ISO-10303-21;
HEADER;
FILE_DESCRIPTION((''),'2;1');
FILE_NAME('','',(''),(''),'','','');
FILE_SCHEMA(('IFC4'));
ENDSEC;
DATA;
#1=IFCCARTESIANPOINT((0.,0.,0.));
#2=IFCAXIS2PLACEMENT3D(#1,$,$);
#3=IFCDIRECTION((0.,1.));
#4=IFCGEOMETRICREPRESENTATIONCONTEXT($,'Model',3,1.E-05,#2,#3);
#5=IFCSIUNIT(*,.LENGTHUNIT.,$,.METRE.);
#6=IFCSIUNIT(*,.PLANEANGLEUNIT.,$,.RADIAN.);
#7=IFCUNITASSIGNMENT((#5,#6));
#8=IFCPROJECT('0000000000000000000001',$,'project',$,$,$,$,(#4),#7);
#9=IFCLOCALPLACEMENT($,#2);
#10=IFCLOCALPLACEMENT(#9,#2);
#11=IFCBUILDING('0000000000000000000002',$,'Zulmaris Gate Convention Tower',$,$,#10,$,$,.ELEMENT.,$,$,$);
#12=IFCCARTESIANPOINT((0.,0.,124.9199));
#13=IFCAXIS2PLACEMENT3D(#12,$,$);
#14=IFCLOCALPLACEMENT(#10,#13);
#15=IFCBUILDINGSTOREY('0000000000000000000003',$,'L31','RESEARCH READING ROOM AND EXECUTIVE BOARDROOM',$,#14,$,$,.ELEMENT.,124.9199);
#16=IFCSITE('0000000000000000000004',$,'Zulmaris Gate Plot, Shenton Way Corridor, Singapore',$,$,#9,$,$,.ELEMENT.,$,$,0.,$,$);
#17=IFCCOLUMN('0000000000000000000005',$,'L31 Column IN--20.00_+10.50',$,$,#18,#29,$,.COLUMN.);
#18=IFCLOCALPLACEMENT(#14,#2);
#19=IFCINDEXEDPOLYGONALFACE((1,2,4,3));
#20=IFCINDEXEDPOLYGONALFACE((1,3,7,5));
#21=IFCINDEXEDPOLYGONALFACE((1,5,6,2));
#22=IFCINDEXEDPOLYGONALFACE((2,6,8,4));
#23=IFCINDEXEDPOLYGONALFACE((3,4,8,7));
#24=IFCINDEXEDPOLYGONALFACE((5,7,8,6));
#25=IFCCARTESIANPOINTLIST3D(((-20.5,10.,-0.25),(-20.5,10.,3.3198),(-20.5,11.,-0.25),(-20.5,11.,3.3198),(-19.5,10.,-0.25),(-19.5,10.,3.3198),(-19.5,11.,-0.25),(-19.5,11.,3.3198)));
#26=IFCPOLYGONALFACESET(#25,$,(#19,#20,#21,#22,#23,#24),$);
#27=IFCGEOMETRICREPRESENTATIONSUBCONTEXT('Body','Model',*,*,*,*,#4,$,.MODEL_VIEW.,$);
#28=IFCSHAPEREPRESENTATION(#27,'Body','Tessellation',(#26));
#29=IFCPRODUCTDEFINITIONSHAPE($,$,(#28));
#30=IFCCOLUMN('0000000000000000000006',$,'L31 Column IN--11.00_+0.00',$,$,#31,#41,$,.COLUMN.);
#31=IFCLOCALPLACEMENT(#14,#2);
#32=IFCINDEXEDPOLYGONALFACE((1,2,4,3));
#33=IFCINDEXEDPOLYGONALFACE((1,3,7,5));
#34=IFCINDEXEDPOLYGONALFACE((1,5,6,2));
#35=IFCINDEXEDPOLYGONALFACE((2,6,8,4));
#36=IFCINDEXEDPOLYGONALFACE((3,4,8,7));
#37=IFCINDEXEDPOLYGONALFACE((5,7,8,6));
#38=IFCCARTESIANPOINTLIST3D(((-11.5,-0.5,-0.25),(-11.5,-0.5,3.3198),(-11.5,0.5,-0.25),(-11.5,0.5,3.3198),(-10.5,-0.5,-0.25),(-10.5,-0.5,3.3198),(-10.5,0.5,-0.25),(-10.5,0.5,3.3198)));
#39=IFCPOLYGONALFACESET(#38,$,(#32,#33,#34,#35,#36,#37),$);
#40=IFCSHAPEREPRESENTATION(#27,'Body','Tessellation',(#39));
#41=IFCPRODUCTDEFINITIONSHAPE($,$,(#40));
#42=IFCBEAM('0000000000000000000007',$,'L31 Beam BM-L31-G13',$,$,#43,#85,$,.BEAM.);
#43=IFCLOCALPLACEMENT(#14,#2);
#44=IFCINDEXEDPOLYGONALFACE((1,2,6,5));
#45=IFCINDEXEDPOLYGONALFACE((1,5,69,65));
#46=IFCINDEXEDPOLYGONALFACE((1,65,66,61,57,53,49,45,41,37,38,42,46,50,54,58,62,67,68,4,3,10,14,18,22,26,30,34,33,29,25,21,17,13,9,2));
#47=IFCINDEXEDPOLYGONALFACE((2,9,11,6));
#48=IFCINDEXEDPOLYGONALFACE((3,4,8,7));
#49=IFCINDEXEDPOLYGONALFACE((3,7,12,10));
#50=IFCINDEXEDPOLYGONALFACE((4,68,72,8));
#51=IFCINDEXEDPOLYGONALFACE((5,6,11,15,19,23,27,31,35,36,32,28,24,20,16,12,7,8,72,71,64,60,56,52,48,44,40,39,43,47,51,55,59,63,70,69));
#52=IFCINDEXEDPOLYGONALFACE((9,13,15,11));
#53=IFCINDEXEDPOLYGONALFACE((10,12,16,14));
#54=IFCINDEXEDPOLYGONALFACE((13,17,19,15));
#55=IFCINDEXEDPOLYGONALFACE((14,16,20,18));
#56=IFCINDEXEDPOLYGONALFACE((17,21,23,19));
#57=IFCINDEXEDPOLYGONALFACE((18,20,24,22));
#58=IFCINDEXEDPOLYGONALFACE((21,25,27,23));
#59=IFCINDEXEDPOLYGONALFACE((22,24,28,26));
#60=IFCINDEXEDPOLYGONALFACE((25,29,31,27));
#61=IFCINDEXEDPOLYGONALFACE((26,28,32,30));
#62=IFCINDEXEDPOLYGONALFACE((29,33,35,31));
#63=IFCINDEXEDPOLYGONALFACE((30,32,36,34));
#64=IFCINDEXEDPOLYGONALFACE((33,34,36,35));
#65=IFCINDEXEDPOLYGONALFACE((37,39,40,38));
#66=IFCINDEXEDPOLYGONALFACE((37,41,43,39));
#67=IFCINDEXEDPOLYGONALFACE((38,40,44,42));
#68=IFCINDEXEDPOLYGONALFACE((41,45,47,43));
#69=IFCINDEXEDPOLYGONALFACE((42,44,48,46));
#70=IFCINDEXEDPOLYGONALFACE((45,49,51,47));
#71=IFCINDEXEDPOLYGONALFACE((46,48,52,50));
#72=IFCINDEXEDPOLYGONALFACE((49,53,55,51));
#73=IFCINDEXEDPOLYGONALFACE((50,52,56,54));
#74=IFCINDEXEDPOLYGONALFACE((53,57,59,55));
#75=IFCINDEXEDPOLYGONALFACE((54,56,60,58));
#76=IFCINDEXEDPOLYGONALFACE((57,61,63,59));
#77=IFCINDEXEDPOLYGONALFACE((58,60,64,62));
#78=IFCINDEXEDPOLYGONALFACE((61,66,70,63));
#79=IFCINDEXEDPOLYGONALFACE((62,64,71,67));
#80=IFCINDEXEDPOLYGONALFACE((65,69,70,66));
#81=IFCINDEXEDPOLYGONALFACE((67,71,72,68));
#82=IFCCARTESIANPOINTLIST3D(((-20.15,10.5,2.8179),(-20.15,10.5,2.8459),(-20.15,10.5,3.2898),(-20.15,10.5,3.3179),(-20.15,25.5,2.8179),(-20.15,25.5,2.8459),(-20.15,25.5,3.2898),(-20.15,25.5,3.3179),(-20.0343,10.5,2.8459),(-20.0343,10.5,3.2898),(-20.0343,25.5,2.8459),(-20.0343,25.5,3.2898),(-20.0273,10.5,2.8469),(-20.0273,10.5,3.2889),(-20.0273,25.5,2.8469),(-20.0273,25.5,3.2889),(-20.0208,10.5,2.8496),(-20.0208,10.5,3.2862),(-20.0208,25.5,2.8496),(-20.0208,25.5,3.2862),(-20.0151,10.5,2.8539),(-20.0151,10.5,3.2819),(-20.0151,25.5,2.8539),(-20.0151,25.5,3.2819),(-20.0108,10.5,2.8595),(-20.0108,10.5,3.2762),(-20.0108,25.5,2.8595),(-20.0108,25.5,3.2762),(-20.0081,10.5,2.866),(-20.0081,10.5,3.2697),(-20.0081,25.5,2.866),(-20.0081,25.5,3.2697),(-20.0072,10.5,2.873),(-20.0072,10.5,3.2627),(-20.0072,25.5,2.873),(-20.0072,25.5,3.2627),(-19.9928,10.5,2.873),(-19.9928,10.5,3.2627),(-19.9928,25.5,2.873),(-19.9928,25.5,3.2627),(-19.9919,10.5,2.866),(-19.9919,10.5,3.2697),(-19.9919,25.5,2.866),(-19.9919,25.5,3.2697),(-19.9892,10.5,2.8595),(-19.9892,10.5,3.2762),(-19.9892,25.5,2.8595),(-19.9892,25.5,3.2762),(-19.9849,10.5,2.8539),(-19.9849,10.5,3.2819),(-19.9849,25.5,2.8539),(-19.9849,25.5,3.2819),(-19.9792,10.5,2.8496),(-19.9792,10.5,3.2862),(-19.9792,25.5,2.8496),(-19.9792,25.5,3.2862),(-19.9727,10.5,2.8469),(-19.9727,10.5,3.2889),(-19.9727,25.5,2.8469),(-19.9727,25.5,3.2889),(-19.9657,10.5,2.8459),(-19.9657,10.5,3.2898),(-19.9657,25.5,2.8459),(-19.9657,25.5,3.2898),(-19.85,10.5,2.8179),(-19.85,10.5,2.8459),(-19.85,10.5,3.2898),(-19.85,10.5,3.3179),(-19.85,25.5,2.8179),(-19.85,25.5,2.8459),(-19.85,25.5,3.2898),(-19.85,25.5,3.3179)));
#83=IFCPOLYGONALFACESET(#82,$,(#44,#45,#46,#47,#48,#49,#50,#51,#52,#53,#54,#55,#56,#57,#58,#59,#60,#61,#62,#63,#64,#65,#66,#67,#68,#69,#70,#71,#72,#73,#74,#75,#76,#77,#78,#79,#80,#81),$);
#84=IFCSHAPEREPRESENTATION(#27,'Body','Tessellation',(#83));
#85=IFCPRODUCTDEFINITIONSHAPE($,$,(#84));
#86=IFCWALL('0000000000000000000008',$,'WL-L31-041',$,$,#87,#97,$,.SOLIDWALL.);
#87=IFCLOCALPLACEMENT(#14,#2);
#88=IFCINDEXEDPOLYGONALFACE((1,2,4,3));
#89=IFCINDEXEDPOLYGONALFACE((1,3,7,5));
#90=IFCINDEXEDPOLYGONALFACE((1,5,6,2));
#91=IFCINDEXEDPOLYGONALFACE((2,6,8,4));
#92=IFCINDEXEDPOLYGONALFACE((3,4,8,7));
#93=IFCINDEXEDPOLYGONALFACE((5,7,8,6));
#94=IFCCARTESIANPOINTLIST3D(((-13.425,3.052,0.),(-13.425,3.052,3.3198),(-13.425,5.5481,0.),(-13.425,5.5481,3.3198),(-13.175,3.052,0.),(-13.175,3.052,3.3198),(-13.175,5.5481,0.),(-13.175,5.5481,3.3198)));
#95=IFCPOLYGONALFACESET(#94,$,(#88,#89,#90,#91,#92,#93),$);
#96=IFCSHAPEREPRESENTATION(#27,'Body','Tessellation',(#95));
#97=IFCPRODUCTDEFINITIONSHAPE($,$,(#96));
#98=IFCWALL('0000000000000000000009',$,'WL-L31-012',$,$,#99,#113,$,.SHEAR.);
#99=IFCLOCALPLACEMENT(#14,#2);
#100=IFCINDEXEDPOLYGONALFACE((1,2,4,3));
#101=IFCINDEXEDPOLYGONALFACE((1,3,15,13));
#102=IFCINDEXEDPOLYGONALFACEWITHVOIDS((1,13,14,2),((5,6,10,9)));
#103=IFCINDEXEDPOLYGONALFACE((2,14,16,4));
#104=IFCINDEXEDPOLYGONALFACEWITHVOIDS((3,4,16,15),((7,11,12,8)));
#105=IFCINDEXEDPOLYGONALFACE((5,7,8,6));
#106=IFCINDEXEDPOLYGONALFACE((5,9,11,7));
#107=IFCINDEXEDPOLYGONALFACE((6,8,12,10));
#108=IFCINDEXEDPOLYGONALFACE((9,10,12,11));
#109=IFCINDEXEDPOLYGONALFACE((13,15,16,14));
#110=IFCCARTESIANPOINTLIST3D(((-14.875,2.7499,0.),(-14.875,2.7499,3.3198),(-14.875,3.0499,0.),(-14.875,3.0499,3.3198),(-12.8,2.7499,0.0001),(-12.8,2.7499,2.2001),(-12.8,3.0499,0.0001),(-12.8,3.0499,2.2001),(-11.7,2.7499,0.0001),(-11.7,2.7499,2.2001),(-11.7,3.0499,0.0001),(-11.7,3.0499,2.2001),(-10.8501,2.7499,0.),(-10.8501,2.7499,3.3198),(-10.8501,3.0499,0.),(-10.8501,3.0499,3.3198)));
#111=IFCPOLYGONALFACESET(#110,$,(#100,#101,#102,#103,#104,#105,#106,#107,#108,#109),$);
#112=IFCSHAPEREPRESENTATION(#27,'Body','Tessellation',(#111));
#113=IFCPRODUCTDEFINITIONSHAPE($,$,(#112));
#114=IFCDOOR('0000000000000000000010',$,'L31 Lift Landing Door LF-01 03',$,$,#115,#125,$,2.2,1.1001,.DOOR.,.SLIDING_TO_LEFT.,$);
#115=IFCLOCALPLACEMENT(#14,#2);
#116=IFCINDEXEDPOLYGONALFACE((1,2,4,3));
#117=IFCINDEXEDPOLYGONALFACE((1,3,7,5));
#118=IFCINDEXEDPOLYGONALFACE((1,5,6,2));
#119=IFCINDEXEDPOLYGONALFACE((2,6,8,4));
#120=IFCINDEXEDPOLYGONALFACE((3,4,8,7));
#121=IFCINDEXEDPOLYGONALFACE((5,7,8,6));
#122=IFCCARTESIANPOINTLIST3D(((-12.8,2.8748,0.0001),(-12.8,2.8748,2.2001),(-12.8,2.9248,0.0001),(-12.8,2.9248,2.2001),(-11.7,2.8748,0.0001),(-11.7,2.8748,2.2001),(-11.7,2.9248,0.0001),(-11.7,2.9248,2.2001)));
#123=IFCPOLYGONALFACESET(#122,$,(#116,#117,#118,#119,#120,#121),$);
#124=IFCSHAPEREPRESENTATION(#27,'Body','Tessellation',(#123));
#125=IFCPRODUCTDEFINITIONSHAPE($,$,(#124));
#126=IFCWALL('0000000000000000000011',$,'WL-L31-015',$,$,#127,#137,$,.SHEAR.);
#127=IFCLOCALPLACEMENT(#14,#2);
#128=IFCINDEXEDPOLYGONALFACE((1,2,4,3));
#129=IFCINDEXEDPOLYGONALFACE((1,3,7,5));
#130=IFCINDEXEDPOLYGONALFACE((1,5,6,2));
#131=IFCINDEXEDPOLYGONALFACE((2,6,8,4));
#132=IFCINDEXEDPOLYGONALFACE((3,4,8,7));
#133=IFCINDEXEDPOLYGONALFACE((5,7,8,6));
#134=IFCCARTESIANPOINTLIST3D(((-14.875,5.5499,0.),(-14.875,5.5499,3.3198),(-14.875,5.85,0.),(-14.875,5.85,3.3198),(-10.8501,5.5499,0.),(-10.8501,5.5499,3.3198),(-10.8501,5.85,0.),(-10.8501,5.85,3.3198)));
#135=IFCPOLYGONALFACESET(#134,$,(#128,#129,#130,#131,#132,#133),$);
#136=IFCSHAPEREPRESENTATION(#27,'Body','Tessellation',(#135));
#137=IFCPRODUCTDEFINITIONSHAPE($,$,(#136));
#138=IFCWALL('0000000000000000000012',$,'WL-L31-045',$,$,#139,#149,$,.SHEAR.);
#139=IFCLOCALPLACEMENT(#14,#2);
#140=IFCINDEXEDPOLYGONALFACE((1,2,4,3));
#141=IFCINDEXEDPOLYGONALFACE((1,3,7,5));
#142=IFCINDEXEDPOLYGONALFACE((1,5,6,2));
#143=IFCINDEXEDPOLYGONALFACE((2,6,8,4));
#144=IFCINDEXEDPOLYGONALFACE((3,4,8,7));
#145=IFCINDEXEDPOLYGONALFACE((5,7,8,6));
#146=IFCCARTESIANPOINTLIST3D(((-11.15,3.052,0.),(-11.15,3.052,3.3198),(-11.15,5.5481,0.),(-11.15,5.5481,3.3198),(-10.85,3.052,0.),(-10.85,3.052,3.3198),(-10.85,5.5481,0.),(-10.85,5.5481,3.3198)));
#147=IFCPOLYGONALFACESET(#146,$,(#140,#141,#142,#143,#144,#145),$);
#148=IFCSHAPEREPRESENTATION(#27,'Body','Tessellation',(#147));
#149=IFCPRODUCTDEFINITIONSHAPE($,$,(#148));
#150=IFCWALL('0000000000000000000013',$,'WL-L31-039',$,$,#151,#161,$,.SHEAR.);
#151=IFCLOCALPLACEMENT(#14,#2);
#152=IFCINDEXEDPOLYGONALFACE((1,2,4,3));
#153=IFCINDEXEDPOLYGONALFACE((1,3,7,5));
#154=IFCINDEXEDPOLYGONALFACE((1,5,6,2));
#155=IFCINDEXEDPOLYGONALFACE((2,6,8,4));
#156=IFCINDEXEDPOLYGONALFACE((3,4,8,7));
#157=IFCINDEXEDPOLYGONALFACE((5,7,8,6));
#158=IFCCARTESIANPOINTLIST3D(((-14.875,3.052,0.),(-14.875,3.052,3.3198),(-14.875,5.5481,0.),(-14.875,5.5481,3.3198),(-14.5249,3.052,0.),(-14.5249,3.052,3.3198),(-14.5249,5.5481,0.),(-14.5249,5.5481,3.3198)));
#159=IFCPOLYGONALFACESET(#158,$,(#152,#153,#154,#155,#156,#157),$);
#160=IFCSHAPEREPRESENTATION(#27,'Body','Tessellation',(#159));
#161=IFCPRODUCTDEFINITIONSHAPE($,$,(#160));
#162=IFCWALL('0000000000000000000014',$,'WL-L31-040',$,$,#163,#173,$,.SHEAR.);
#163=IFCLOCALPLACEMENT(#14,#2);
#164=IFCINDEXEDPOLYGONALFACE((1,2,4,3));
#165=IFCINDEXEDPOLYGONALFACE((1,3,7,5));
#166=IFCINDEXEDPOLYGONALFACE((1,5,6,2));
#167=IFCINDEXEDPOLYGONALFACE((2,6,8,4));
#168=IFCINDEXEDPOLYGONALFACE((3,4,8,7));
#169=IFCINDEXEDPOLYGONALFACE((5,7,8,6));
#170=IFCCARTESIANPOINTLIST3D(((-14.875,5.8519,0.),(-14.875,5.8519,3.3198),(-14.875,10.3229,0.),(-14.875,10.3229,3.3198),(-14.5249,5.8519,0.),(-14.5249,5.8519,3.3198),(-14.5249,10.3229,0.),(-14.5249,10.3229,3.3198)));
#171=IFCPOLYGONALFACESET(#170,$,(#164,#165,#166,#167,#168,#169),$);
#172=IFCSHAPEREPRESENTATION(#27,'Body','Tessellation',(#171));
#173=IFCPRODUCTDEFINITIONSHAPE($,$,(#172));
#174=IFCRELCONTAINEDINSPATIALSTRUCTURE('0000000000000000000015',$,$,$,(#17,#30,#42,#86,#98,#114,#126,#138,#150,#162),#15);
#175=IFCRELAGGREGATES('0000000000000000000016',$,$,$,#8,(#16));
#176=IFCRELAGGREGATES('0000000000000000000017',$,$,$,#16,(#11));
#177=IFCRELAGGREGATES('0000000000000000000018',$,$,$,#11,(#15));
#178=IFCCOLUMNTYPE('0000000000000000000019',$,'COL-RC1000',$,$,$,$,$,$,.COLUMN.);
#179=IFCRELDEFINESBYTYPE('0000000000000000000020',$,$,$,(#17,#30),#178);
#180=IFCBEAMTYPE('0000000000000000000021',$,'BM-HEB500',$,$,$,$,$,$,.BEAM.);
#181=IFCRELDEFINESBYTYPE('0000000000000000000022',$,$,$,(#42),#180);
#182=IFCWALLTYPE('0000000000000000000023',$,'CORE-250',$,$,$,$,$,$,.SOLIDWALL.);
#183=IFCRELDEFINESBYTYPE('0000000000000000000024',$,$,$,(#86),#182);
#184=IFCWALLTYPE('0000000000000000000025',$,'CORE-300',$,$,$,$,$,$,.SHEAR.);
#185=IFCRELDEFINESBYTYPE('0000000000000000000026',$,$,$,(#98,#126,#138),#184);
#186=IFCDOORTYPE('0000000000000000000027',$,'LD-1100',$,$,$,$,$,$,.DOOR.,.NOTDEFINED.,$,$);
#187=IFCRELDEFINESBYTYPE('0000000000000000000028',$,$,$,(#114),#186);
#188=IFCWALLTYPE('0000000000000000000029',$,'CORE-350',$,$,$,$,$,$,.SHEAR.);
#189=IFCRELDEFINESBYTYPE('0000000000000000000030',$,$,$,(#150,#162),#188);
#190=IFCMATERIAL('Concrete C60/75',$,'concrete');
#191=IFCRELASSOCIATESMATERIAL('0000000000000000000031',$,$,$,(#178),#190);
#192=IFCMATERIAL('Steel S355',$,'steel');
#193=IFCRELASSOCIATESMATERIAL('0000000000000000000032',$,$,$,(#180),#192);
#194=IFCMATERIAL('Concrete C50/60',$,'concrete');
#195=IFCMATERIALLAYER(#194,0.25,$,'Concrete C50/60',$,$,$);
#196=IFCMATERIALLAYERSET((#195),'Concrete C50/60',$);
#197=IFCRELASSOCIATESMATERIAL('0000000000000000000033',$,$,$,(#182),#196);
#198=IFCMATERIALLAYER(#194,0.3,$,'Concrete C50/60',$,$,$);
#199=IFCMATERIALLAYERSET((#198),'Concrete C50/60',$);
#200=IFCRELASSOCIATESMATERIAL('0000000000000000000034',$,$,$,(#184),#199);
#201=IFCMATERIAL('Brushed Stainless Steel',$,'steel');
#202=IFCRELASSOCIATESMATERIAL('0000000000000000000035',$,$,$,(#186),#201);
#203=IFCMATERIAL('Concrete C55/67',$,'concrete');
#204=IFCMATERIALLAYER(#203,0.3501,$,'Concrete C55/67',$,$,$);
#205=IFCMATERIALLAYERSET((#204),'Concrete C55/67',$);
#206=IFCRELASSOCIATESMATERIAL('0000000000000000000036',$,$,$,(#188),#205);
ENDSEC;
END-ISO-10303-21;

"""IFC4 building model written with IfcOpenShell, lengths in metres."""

from ifc_helpers import new_model, si_unit, direction, frame, frame_2d, origin, origin_2d, place, context, subcontext, project, spatial, rectangle, i_section, extrude, material, layer, layer_set, material_profile, profile_set, type_object, element, fill, save


model = new_model("IFC4")

# Units and contexts
model_context = context("Model", 3, precision=1e-05, world=origin(), true_north=direction((0.0, 1.0)))
body_context = subcontext(model_context, "Body", "Model", "MODEL_VIEW")
ifc_project = project(units=[si_unit("LENGTHUNIT", "METRE"), si_unit("PLANEANGLEUNIT", "RADIAN")], contexts=[model_context])

# Site, building, storey
site_placement = place(None, origin())
site = spatial("IfcSite", under=ifc_project, at=site_placement, Name="Zulmaris Gate Plot, Shenton Way Corridor, Singapore", CompositionType="ELEMENT", RefElevation=0.0)
building_placement = place(site_placement, origin())
building = spatial("IfcBuilding", under=site, at=building_placement, Name="Zulmaris Gate Convention Tower", CompositionType="ELEMENT")
storey_placement = place(building_placement, frame((0.0, 0.0, 124.9199)))
storey = spatial("IfcBuildingStorey", under=building, at=storey_placement, Name="L31", Description="RESEARCH READING ROOM AND EXECUTIVE BOARDROOM", CompositionType="ELEMENT", Elevation=124.9199)

# Columns
ifc_material_1 = material(Name="Concrete C60/75", Category="concrete")
ifc_material_profile_1 = material_profile(ifc_material_1, rectangle(XDim=1.0, YDim=1.0, at=origin_2d()), Name="RC COL 1000x1000")
ifc_profile_set_1 = profile_set([ifc_material_profile_1], Name="Concrete C60/75")
column_type = type_object("IfcColumnType", Name="COL-RC1000", PredefinedType="COLUMN", material=ifc_profile_set_1)
for number, where, z_axis, x_axis, name in (
    (1, (-20.0, 10.5, -0.25), (0.0, 0.0, 1.0), (1.0, 0.0, 0.0), "L31 Column IN--20.00_+10.50"),
    (2, (-11.0, 0.0, -0.25), (0.0, 0.0, 1.0), (1.0, 0.0, 0.0), "L31 Column IN--11.00_+0.00"),
):
    element("IfcColumn", number, at=place(storey_placement, frame(where, z_axis=z_axis, x_axis=x_axis)), inside=storey, type_object=column_type, Name=name, PredefinedType="COLUMN", context=body_context, shape_type="SweptSolid", body=[
        extrude(rectangle(XDim=1.0, YDim=1.0, at=origin_2d()), origin(), (0.0, 0.0, 1.0), 3.5698),
    ])

# Beam
ifc_material_2 = material(Name="Steel S355", Category="steel")
ifc_material_profile_2 = material_profile(ifc_material_2, i_section(OverallWidth=0.3, OverallDepth=0.5, WebThickness=0.0144, FlangeThickness=0.0281, FilletRadius=0.0271, at=origin_2d()), Name="HEB 500")
ifc_profile_set_2 = profile_set([ifc_material_profile_2], Name="Steel S355")
beam_type = type_object("IfcBeamType", Name="BM-HEB500", PredefinedType="BEAM", material=ifc_profile_set_2)
beam_placement = place(storey_placement, frame((-20.0, 10.5, 3.0679), z_axis=(0.0, 1.0, 0.0), x_axis=(-1.0, 0.0, 0.0)))
element("IfcBeam", 3, at=beam_placement, inside=storey, type_object=beam_type, Name="L31 Beam BM-L31-G13", PredefinedType="BEAM", context=body_context, shape_type="SweptSolid", body=[
    extrude(i_section(OverallWidth=0.3, OverallDepth=0.5, WebThickness=0.0144, FlangeThickness=0.0281, FilletRadius=0.0271, at=origin_2d()), origin(), (0.0, 0.0, 1.0), 15.0),
])

# Wall
ifc_material_3 = material(Name="Concrete C50/60", Category="concrete")
ifc_layer_1 = layer(ifc_material_3, 0.25, Name="Concrete C50/60")
ifc_layer_set_1 = layer_set([ifc_layer_1], Name="Concrete C50/60")
wall_type_1 = type_object("IfcWallType", Name="CORE-250", PredefinedType="SOLIDWALL", material=ifc_layer_set_1)
wall_1_placement = place(storey_placement, frame((-13.3, 3.052, 0.0), z_axis=(0.0, 0.0, 1.0), x_axis=(0.0, 1.0, 0.0)))
element("IfcWall", 4, at=wall_1_placement, inside=storey, type_object=wall_type_1, Name="WL-L31-041", PredefinedType="SOLIDWALL", context=body_context, shape_type="SweptSolid", body=[
    extrude(rectangle(XDim=2.4961, YDim=0.25, at=frame_2d((1.248, 0.0))), origin(), (0.0, 0.0, 1.0), 3.3198),
])

# Wall, opening, door
ifc_layer_2 = layer(ifc_material_3, 0.3, Name="Concrete C50/60")
ifc_layer_set_2 = layer_set([ifc_layer_2], Name="Concrete C50/60")
wall_type_2 = type_object("IfcWallType", Name="CORE-300", PredefinedType="SHEAR", material=ifc_layer_set_2)
wall_2_placement = place(storey_placement, frame((-14.875, 2.8999, 0.0), z_axis=(0.0, 0.0, 1.0), x_axis=(1.0, 0.0, 0.0)))
wall_2 = element("IfcWall", 5, at=wall_2_placement, inside=storey, type_object=wall_type_2, Name="WL-L31-012", PredefinedType="SHEAR", context=body_context, shape_type="SweptSolid", body=[
    extrude(rectangle(XDim=4.0249, YDim=0.3, at=frame_2d((2.0125, 0.0))), origin(), (0.0, 0.0, 1.0), 3.3198),
])
opening_1_placement = place(wall_2_placement, frame((2.075, 0.0, 0.0)))
opening_1 = element("IfcOpeningElement", 6, at=opening_1_placement, cuts=wall_2, PredefinedType="OPENING", context=body_context, shape_type="SweptSolid", body=[
    extrude(rectangle(XDim=1.1001, YDim=2.2, at=frame_2d((0.55, 1.1001))), frame((0.0, 0.1602, 0.0), z_axis=(0.0, -1.0, 0.0), x_axis=(1.0, 0.0, 0.0)), (0.0, 0.0, 1.0), 0.3201),
])
ifc_material_4 = material(Name="Brushed Stainless Steel", Category="steel")
door_type_1 = type_object("IfcDoorType", Name="LD-1100", OperationType="NOTDEFINED", PredefinedType="DOOR", material=ifc_material_4)
door_1_placement = place(opening_1_placement, origin())
door_1 = element("IfcDoor", 7, at=door_1_placement, inside=storey, type_object=door_type_1, Name="L31 Lift Landing Door LF-01 03", OperationType="SLIDING_TO_LEFT", OverallHeight=2.2, OverallWidth=1.1001, PredefinedType="DOOR", context=body_context, shape_type="SweptSolid", body=[
    extrude(rectangle(XDim=1.1001, YDim=2.2, at=frame_2d((0.55, 1.1001))), frame((0.0, 0.0249, 0.0), z_axis=(0.0, -1.0, 0.0), x_axis=(1.0, 0.0, 0.0)), (0.0, 0.0, 1.0), 0.05),
])
fill(opening_1, door_1)

# Wall
wall_3_placement = place(storey_placement, frame((-14.875, 5.7, 0.0), z_axis=(0.0, 0.0, 1.0), x_axis=(1.0, 0.0, 0.0)))
element("IfcWall", 8, at=wall_3_placement, inside=storey, type_object=wall_type_2, Name="WL-L31-015", PredefinedType="SHEAR", context=body_context, shape_type="SweptSolid", body=[
    extrude(rectangle(XDim=4.0249, YDim=0.3, at=frame_2d((2.0125, 0.0))), origin(), (0.0, 0.0, 1.0), 3.3198),
])

# Walls
wall_4_placement = place(storey_placement, frame((-11.0, 3.052, 0.0), z_axis=(0.0, 0.0, 1.0), x_axis=(0.0, 1.0, 0.0)))
element("IfcWall", 9, at=wall_4_placement, inside=storey, type_object=wall_type_2, Name="WL-L31-045", PredefinedType="SHEAR", context=body_context, shape_type="SweptSolid", body=[
    extrude(rectangle(XDim=2.4961, YDim=0.3, at=frame_2d((1.248, 0.0))), origin(), (0.0, 0.0, 1.0), 3.3198),
])
ifc_material_5 = material(Name="Concrete C55/67", Category="concrete")
ifc_layer_3 = layer(ifc_material_5, 0.3501, Name="Concrete C55/67")
ifc_layer_set_3 = layer_set([ifc_layer_3], Name="Concrete C55/67")
wall_type_3 = type_object("IfcWallType", Name="CORE-350", PredefinedType="SHEAR", material=ifc_layer_set_3)
wall_5_placement = place(storey_placement, frame((-14.7, 3.052, 0.0), z_axis=(0.0, 0.0, 1.0), x_axis=(0.0, 1.0, 0.0)))
element("IfcWall", 10, at=wall_5_placement, inside=storey, type_object=wall_type_3, Name="WL-L31-039", PredefinedType="SHEAR", context=body_context, shape_type="SweptSolid", body=[
    extrude(rectangle(XDim=2.4961, YDim=0.3501, at=frame_2d((1.248, 0.0))), origin(), (0.0, 0.0, 1.0), 3.3198),
])
wall_6_placement = place(storey_placement, frame((-14.7, 5.8521, 0.0), z_axis=(0.0, 0.0, 1.0), x_axis=(0.0, 1.0, 0.0)))
element("IfcWall", 11, at=wall_6_placement, inside=storey, type_object=wall_type_3, Name="WL-L31-040", PredefinedType="SHEAR", context=body_context, shape_type="SweptSolid", body=[
    extrude(rectangle(XDim=4.4709, YDim=0.3501, at=frame_2d((2.2354, 0.0))), origin(), (0.0, 0.0, 1.0), 3.3198),
])

save(model, "model.ifc")
